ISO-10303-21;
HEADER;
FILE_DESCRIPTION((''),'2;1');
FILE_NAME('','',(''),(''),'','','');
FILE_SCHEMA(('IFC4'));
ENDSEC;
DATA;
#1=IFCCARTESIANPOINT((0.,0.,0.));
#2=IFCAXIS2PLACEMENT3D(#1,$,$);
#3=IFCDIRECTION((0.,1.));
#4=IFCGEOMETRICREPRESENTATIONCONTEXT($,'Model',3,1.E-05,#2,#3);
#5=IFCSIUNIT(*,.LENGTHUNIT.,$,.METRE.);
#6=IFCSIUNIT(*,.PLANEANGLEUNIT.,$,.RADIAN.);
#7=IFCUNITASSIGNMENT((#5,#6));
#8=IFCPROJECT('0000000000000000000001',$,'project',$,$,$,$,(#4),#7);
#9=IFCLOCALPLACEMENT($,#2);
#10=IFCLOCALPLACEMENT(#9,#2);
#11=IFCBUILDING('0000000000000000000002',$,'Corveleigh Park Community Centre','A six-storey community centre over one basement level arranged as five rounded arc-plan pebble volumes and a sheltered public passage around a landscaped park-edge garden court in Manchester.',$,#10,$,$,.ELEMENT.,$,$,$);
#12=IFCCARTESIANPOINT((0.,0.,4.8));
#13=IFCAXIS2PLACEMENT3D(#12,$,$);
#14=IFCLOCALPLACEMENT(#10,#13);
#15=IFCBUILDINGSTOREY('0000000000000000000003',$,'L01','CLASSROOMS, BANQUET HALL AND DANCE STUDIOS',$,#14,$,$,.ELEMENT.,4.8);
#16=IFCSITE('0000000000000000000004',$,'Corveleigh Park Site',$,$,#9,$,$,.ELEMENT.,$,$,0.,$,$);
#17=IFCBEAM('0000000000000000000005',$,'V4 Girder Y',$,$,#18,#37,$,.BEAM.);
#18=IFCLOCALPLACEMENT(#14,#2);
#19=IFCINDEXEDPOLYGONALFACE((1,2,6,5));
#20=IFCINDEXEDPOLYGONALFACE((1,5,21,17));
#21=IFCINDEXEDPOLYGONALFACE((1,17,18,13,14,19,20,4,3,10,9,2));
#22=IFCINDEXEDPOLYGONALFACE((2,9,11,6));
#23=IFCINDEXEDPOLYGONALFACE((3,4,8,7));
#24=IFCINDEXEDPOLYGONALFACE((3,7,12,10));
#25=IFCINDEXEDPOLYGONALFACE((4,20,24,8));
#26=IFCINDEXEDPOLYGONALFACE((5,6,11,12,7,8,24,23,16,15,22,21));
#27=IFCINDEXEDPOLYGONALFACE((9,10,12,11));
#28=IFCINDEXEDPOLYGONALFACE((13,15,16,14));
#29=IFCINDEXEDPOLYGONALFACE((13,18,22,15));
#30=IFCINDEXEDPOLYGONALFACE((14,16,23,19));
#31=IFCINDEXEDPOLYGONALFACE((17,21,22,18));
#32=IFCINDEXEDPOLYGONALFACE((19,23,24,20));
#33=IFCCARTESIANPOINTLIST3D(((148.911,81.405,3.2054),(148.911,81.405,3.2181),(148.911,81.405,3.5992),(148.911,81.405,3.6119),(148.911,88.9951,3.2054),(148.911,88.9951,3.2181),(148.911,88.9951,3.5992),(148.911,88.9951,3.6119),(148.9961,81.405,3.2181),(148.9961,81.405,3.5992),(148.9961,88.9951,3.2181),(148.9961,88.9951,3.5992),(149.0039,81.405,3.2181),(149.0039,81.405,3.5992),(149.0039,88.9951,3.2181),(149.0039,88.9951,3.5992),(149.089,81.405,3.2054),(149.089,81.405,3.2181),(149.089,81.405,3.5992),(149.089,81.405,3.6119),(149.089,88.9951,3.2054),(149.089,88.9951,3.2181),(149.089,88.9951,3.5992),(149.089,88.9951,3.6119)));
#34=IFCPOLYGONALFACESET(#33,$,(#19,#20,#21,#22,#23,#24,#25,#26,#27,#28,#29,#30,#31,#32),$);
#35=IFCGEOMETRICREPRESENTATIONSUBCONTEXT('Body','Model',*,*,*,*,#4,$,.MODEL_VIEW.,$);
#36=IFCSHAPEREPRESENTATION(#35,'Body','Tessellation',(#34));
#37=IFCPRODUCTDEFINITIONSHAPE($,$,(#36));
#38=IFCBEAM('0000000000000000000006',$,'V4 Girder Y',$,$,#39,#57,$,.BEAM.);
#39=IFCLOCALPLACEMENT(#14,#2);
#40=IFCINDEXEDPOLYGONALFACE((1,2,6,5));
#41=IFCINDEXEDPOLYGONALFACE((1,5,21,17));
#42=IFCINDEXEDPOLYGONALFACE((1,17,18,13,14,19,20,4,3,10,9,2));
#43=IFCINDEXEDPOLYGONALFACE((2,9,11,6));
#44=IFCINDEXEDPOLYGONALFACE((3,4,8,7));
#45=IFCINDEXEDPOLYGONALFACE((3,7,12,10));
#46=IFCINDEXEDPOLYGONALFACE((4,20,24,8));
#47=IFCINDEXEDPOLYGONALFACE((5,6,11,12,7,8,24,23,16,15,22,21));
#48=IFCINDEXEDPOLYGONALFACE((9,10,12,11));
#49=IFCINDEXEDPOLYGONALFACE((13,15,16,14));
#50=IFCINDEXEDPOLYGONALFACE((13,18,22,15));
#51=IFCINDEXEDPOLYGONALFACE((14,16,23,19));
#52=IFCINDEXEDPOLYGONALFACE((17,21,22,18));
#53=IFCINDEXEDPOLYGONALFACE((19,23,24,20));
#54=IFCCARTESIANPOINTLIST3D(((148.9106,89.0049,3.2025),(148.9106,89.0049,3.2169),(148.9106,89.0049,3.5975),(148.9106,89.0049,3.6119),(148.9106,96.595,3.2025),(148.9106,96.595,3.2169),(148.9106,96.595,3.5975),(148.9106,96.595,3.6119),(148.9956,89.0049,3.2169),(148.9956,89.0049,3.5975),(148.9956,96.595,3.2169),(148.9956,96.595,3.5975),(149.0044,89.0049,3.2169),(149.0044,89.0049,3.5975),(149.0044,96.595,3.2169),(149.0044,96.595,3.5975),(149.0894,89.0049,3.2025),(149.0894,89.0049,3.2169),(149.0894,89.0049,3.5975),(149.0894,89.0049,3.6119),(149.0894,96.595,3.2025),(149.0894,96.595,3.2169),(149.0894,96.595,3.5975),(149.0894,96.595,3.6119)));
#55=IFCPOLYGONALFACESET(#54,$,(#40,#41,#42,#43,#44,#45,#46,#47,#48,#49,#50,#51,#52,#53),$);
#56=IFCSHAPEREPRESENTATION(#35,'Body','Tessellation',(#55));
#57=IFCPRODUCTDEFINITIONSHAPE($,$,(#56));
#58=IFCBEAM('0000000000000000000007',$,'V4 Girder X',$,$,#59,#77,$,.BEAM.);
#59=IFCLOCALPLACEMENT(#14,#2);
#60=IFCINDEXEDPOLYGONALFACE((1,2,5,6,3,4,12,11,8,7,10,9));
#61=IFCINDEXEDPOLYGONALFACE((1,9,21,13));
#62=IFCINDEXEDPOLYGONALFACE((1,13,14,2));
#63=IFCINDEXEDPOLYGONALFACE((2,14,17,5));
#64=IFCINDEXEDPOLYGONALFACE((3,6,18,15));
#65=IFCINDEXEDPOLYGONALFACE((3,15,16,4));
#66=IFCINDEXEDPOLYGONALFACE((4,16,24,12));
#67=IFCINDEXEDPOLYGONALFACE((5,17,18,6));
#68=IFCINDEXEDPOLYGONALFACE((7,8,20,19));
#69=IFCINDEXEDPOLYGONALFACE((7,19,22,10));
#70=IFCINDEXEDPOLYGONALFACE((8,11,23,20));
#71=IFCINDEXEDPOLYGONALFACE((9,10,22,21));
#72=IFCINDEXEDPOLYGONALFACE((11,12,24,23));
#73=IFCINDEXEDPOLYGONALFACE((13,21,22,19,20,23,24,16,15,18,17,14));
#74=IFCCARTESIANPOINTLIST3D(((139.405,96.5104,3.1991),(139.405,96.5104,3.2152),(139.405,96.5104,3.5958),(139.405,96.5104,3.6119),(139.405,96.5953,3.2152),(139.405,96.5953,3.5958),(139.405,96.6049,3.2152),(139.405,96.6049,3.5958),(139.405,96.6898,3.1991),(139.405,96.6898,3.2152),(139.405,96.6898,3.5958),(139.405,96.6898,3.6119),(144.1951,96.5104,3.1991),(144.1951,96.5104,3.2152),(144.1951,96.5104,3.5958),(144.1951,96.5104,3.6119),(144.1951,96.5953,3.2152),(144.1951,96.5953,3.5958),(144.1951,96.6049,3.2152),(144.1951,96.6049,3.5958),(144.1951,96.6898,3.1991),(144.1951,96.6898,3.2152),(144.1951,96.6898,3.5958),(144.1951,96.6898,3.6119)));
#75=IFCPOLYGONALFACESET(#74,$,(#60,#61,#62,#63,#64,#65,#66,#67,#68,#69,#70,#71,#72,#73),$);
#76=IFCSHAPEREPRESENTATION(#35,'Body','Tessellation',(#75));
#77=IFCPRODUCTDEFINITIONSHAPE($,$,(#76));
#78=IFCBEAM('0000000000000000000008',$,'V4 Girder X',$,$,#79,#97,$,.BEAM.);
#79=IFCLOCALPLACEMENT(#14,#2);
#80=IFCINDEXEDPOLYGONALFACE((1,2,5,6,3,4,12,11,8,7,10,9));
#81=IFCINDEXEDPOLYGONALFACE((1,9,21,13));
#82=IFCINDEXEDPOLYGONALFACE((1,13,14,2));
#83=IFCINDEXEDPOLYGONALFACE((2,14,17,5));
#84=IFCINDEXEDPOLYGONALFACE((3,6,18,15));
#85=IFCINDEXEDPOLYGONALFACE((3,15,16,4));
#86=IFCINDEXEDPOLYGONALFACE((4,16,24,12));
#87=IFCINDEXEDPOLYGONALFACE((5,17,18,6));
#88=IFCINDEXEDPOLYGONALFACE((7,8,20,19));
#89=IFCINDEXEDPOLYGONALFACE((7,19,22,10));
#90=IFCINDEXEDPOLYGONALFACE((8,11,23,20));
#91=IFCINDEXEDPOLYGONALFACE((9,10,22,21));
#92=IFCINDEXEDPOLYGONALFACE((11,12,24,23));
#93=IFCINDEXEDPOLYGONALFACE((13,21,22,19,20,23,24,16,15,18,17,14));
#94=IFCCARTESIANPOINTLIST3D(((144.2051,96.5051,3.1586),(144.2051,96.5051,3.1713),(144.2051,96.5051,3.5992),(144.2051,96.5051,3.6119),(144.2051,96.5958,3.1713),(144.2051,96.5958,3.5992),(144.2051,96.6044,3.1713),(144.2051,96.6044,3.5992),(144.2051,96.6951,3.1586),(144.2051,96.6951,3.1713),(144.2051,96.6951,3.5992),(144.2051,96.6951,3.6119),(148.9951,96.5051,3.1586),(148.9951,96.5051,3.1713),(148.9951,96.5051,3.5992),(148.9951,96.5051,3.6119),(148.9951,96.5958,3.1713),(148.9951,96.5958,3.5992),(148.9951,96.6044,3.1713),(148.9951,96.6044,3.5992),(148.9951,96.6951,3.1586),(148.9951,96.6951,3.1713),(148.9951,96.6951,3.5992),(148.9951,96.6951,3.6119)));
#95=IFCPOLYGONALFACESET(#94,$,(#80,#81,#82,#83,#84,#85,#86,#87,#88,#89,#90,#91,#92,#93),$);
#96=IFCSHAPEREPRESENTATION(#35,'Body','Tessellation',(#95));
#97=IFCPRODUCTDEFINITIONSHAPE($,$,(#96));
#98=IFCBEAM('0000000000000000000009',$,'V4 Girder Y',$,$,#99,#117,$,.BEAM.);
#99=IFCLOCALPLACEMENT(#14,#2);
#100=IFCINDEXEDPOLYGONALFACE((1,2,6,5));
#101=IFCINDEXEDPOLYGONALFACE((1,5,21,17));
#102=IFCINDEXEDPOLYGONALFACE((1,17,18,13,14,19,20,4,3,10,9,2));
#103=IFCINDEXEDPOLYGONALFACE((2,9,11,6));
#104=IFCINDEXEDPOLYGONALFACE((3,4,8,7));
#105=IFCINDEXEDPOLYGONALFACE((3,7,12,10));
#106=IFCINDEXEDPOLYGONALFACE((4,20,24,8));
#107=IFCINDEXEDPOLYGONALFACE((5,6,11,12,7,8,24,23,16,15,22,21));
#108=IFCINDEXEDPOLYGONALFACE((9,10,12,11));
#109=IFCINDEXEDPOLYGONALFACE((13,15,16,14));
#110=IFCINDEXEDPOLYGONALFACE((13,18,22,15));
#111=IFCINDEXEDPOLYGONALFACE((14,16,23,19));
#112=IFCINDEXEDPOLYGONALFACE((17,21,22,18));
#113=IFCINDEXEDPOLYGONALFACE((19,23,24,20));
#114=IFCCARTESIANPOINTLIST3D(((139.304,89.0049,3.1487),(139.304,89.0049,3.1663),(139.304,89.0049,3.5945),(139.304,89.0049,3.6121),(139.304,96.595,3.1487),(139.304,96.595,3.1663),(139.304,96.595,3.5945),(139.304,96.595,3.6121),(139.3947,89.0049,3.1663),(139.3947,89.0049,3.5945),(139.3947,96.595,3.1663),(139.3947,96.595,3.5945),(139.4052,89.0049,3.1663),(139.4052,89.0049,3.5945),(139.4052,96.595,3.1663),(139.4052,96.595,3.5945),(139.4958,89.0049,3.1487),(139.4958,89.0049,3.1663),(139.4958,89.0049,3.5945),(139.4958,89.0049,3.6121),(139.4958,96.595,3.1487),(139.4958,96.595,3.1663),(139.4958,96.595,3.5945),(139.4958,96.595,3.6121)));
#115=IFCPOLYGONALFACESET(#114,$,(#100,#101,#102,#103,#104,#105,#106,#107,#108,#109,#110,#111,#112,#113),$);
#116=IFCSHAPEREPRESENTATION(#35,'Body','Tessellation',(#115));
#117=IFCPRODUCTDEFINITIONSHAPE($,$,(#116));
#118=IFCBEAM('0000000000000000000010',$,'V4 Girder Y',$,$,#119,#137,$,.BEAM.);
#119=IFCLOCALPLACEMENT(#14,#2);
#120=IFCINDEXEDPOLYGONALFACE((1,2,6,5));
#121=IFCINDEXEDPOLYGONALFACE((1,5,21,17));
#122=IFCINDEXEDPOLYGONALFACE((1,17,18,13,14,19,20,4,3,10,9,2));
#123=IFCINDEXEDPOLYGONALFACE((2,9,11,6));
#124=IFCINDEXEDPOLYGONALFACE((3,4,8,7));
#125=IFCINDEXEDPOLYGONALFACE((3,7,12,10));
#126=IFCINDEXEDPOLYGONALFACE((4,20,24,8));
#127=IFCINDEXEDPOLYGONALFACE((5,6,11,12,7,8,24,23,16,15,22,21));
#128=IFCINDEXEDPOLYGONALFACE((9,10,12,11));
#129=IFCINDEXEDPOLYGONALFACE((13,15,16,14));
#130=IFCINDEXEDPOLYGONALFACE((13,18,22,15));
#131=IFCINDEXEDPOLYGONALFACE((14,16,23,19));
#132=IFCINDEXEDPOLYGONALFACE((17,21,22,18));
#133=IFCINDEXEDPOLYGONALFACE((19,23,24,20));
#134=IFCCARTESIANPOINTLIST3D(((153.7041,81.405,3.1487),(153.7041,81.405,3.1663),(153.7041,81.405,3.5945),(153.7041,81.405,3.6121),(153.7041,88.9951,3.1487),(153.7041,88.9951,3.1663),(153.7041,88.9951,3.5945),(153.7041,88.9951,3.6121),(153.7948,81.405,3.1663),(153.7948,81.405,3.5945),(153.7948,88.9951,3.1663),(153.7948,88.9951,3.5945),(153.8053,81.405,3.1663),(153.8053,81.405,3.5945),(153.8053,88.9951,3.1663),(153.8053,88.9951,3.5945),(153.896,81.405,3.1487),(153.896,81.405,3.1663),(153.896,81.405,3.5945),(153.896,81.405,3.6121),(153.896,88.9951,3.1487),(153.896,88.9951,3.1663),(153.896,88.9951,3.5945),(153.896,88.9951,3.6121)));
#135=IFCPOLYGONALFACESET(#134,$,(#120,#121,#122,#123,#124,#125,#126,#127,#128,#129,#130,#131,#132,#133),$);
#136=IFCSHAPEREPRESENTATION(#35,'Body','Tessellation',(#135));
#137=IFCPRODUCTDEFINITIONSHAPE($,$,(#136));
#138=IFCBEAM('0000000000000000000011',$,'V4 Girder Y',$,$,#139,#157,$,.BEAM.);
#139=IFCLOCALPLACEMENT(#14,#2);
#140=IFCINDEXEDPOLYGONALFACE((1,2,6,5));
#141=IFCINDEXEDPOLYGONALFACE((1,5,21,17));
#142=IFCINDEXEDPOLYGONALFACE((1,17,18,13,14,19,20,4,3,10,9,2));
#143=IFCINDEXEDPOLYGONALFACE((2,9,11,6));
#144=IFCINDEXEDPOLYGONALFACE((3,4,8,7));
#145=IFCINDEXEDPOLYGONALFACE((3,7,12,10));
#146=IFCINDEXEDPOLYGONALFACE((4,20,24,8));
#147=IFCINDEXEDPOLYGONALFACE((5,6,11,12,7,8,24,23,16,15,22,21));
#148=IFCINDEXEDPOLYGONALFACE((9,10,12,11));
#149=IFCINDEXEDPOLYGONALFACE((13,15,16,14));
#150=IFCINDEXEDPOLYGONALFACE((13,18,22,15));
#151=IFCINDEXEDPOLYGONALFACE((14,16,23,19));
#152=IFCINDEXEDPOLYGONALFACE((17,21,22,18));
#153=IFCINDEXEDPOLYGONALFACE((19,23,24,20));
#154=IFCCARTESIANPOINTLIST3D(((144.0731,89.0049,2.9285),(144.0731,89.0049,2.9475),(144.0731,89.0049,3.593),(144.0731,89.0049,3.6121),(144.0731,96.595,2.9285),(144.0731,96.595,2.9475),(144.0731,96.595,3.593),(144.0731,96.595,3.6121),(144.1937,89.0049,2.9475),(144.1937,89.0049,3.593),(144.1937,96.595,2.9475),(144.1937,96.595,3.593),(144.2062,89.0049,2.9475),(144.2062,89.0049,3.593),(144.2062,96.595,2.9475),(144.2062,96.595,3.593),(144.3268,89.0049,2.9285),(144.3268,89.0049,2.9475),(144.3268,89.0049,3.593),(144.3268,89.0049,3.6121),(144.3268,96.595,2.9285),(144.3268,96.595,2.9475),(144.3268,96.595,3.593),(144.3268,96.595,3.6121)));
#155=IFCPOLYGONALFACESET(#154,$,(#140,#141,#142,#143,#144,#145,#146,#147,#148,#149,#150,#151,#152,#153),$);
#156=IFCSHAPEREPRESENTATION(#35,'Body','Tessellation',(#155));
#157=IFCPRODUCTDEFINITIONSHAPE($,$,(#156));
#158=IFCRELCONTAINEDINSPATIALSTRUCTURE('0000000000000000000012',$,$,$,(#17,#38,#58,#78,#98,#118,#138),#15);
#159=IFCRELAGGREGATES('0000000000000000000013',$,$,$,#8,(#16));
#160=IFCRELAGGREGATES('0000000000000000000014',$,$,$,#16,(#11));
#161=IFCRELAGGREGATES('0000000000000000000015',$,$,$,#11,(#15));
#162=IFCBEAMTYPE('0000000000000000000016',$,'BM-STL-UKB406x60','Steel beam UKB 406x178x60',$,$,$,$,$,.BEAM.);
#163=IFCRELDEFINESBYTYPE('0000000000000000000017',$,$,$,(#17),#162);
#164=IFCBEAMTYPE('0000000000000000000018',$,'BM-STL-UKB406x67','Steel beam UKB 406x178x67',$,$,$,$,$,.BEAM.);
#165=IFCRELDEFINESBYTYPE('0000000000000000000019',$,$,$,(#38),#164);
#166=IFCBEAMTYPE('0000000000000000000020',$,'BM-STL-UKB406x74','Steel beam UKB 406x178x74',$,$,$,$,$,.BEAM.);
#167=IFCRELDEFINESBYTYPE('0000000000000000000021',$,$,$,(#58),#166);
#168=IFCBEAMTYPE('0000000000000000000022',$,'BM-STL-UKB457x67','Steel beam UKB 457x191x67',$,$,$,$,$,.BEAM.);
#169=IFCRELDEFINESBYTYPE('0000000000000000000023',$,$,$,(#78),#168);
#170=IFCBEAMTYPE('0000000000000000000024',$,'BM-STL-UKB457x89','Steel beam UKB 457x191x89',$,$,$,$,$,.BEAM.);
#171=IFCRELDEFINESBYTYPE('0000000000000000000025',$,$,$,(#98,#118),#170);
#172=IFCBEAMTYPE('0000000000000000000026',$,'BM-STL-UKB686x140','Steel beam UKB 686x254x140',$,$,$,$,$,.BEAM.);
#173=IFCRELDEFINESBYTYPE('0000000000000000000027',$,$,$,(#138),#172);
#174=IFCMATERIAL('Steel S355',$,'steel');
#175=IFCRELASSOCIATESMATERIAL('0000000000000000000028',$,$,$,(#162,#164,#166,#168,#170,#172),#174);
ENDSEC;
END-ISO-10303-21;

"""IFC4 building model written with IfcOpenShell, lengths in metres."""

from ifc_helpers import new_model, si_unit, direction, frame, origin, origin_2d, place, context, subcontext, project, spatial, i_section, extrude, material, material_profile, profile_set, type_object, element, save


model = new_model("IFC4")

# Units and contexts
model_context = context("Model", 3, precision=1e-05, world=origin(), true_north=direction((0.0, 1.0)))
body_context = subcontext(model_context, "Body", "Model", "MODEL_VIEW")
ifc_project = project(units=[si_unit("LENGTHUNIT", "METRE"), si_unit("PLANEANGLEUNIT", "RADIAN")], contexts=[model_context])

# Site, building, storey
site_placement = place(None, origin())
site = spatial("IfcSite", under=ifc_project, at=site_placement, Name="Corveleigh Park Site", CompositionType="ELEMENT", RefElevation=0.0)
building_placement = place(site_placement, origin())
building = spatial("IfcBuilding", under=site, at=building_placement, Name="Corveleigh Park Community Centre", Description="A six-storey community centre over one basement level arranged as five rounded arc-plan pebble volumes and a sheltered public passage around a landscaped park-edge garden court in Manchester.", CompositionType="ELEMENT")
storey_placement = place(building_placement, frame((0.0, 0.0, 4.8)))
storey = spatial("IfcBuildingStorey", under=building, at=storey_placement, Name="L01", Description="CLASSROOMS, BANQUET HALL AND DANCE STUDIOS", CompositionType="ELEMENT", Elevation=4.8)

# Shared definitions
ifc_material_1 = material(Name="Steel S355", Category="steel")

# Beams
ifc_material_profile_1 = material_profile(ifc_material_1, i_section(OverallWidth=0.178, OverallDepth=0.4065, WebThickness=0.0078, FlangeThickness=0.0127, at=origin_2d()), Name="UKB 406x178x60", Category="steel")
ifc_profile_set_1 = profile_set([ifc_material_profile_1], Name="Steel S355")
beam_type_1 = type_object("IfcBeamType", Name="BM-STL-UKB406x60", Description="Steel beam UKB 406x178x60", PredefinedType="BEAM", material=ifc_profile_set_1)
beam_1_placement = place(storey_placement, frame((149.0, 81.405, 3.4087), z_axis=(0.0, 1.0, 0.0), x_axis=(-1.0, 0.0, 0.0)))
element("IfcBeam", 1, at=beam_1_placement, inside=storey, type_object=beam_type_1, Name="V4 Girder Y", PredefinedType="BEAM", context=body_context, shape_type="SweptSolid", body=[
    extrude(i_section(OverallWidth=0.178, OverallDepth=0.4065, WebThickness=0.0078, FlangeThickness=0.0127, at=origin_2d()), origin(), (0.0, 0.0, 1.0), 7.5901),
])
ifc_material_profile_2 = material_profile(ifc_material_1, i_section(OverallWidth=0.1787, OverallDepth=0.4094, WebThickness=0.0088, FlangeThickness=0.0144, at=origin_2d()), Name="UKB 406x178x67", Category="steel")
ifc_profile_set_2 = profile_set([ifc_material_profile_2], Name="Steel S355")
beam_type_2 = type_object("IfcBeamType", Name="BM-STL-UKB406x67", Description="Steel beam UKB 406x178x67", PredefinedType="BEAM", material=ifc_profile_set_2)
beam_2_placement = place(storey_placement, frame((149.0, 89.0049, 3.4072), z_axis=(0.0, 1.0, 0.0), x_axis=(-1.0, 0.0, 0.0)))
element("IfcBeam", 2, at=beam_2_placement, inside=storey, type_object=beam_type_2, Name="V4 Girder Y", PredefinedType="BEAM", context=body_context, shape_type="SweptSolid", body=[
    extrude(i_section(OverallWidth=0.1787, OverallDepth=0.4094, WebThickness=0.0088, FlangeThickness=0.0144, at=origin_2d()), origin(), (0.0, 0.0, 1.0), 7.5901),
])
ifc_material_profile_3 = material_profile(ifc_material_1, i_section(OverallWidth=0.1794, OverallDepth=0.4128, WebThickness=0.0095, FlangeThickness=0.0161, at=origin_2d()), Name="UKB 406x178x74", Category="steel")
ifc_profile_set_3 = profile_set([ifc_material_profile_3], Name="Steel S355")
beam_type_3 = type_object("IfcBeamType", Name="BM-STL-UKB406x74", Description="Steel beam UKB 406x178x74", PredefinedType="BEAM", material=ifc_profile_set_3)
beam_3_placement = place(storey_placement, frame((139.405, 96.6001, 3.4055), z_axis=(1.0, 0.0, 0.0), x_axis=(0.0, 1.0, 0.0)))
element("IfcBeam", 3, at=beam_3_placement, inside=storey, type_object=beam_type_3, Name="V4 Girder X", PredefinedType="BEAM", context=body_context, shape_type="SweptSolid", body=[
    extrude(i_section(OverallWidth=0.1794, OverallDepth=0.4128, WebThickness=0.0095, FlangeThickness=0.0161, at=origin_2d()), origin(), (0.0, 0.0, 1.0), 4.79),
])
ifc_material_profile_4 = material_profile(ifc_material_1, i_section(OverallWidth=0.1899, OverallDepth=0.4534, WebThickness=0.0085, FlangeThickness=0.0127, at=origin_2d()), Name="UKB 457x191x67", Category="steel")
ifc_profile_set_4 = profile_set([ifc_material_profile_4], Name="Steel S355")
beam_type_4 = type_object("IfcBeamType", Name="BM-STL-UKB457x67", Description="Steel beam UKB 457x191x67", PredefinedType="BEAM", material=ifc_profile_set_4)
beam_4_placement = place(storey_placement, frame((144.2051, 96.6001, 3.3853), z_axis=(1.0, 0.0, 0.0), x_axis=(0.0, 1.0, 0.0)))
element("IfcBeam", 4, at=beam_4_placement, inside=storey, type_object=beam_type_4, Name="V4 Girder X", PredefinedType="BEAM", context=body_context, shape_type="SweptSolid", body=[
    extrude(i_section(OverallWidth=0.1899, OverallDepth=0.4534, WebThickness=0.0085, FlangeThickness=0.0127, at=origin_2d()), origin(), (0.0, 0.0, 1.0), 4.79),
])
ifc_material_profile_5 = material_profile(ifc_material_1, i_section(OverallWidth=0.1919, OverallDepth=0.4634, WebThickness=0.0105, FlangeThickness=0.0176, at=origin_2d()), Name="UKB 457x191x89", Category="steel")
ifc_profile_set_5 = profile_set([ifc_material_profile_5], Name="Steel S355")
beam_type_5 = type_object("IfcBeamType", Name="BM-STL-UKB457x89", Description="Steel beam UKB 457x191x89", PredefinedType="BEAM", material=ifc_profile_set_5)
for number, where, z_axis, x_axis, name in (
    (5, (139.3999, 89.0049, 3.3804), (0.0, 1.0, 0.0), (-1.0, 0.0, 0.0), "V4 Girder Y"),
    (6, (153.8, 81.405, 3.3804), (0.0, 1.0, 0.0), (-1.0, 0.0, 0.0), "V4 Girder Y"),
):
    element("IfcBeam", number, at=place(storey_placement, frame(where, z_axis=z_axis, x_axis=x_axis)), inside=storey, type_object=beam_type_5, Name=name, PredefinedType="BEAM", context=body_context, shape_type="SweptSolid", body=[
        extrude(i_section(OverallWidth=0.1919, OverallDepth=0.4634, WebThickness=0.0105, FlangeThickness=0.0176, at=origin_2d()), origin(), (0.0, 0.0, 1.0), 7.5901),
    ])
ifc_material_profile_6 = material_profile(ifc_material_1, i_section(OverallWidth=0.2537, OverallDepth=0.6836, WebThickness=0.0125, FlangeThickness=0.019, at=origin_2d()), Name="UKB 686x254x140", Category="steel")
ifc_profile_set_6 = profile_set([ifc_material_profile_6], Name="Steel S355")
beam_type_6 = type_object("IfcBeamType", Name="BM-STL-UKB686x140", Description="Steel beam UKB 686x254x140", PredefinedType="BEAM", material=ifc_profile_set_6)
beam_5_placement = place(storey_placement, frame((144.2, 89.0049, 3.2703), z_axis=(0.0, 1.0, 0.0), x_axis=(-1.0, 0.0, 0.0)))
element("IfcBeam", 7, at=beam_5_placement, inside=storey, type_object=beam_type_6, Name="V4 Girder Y", PredefinedType="BEAM", context=body_context, shape_type="SweptSolid", body=[
    extrude(i_section(OverallWidth=0.2537, OverallDepth=0.6836, WebThickness=0.0125, FlangeThickness=0.019, at=origin_2d()), origin(), (0.0, 0.0, 1.0), 7.5901),
])

save(model, "model.ifc")
